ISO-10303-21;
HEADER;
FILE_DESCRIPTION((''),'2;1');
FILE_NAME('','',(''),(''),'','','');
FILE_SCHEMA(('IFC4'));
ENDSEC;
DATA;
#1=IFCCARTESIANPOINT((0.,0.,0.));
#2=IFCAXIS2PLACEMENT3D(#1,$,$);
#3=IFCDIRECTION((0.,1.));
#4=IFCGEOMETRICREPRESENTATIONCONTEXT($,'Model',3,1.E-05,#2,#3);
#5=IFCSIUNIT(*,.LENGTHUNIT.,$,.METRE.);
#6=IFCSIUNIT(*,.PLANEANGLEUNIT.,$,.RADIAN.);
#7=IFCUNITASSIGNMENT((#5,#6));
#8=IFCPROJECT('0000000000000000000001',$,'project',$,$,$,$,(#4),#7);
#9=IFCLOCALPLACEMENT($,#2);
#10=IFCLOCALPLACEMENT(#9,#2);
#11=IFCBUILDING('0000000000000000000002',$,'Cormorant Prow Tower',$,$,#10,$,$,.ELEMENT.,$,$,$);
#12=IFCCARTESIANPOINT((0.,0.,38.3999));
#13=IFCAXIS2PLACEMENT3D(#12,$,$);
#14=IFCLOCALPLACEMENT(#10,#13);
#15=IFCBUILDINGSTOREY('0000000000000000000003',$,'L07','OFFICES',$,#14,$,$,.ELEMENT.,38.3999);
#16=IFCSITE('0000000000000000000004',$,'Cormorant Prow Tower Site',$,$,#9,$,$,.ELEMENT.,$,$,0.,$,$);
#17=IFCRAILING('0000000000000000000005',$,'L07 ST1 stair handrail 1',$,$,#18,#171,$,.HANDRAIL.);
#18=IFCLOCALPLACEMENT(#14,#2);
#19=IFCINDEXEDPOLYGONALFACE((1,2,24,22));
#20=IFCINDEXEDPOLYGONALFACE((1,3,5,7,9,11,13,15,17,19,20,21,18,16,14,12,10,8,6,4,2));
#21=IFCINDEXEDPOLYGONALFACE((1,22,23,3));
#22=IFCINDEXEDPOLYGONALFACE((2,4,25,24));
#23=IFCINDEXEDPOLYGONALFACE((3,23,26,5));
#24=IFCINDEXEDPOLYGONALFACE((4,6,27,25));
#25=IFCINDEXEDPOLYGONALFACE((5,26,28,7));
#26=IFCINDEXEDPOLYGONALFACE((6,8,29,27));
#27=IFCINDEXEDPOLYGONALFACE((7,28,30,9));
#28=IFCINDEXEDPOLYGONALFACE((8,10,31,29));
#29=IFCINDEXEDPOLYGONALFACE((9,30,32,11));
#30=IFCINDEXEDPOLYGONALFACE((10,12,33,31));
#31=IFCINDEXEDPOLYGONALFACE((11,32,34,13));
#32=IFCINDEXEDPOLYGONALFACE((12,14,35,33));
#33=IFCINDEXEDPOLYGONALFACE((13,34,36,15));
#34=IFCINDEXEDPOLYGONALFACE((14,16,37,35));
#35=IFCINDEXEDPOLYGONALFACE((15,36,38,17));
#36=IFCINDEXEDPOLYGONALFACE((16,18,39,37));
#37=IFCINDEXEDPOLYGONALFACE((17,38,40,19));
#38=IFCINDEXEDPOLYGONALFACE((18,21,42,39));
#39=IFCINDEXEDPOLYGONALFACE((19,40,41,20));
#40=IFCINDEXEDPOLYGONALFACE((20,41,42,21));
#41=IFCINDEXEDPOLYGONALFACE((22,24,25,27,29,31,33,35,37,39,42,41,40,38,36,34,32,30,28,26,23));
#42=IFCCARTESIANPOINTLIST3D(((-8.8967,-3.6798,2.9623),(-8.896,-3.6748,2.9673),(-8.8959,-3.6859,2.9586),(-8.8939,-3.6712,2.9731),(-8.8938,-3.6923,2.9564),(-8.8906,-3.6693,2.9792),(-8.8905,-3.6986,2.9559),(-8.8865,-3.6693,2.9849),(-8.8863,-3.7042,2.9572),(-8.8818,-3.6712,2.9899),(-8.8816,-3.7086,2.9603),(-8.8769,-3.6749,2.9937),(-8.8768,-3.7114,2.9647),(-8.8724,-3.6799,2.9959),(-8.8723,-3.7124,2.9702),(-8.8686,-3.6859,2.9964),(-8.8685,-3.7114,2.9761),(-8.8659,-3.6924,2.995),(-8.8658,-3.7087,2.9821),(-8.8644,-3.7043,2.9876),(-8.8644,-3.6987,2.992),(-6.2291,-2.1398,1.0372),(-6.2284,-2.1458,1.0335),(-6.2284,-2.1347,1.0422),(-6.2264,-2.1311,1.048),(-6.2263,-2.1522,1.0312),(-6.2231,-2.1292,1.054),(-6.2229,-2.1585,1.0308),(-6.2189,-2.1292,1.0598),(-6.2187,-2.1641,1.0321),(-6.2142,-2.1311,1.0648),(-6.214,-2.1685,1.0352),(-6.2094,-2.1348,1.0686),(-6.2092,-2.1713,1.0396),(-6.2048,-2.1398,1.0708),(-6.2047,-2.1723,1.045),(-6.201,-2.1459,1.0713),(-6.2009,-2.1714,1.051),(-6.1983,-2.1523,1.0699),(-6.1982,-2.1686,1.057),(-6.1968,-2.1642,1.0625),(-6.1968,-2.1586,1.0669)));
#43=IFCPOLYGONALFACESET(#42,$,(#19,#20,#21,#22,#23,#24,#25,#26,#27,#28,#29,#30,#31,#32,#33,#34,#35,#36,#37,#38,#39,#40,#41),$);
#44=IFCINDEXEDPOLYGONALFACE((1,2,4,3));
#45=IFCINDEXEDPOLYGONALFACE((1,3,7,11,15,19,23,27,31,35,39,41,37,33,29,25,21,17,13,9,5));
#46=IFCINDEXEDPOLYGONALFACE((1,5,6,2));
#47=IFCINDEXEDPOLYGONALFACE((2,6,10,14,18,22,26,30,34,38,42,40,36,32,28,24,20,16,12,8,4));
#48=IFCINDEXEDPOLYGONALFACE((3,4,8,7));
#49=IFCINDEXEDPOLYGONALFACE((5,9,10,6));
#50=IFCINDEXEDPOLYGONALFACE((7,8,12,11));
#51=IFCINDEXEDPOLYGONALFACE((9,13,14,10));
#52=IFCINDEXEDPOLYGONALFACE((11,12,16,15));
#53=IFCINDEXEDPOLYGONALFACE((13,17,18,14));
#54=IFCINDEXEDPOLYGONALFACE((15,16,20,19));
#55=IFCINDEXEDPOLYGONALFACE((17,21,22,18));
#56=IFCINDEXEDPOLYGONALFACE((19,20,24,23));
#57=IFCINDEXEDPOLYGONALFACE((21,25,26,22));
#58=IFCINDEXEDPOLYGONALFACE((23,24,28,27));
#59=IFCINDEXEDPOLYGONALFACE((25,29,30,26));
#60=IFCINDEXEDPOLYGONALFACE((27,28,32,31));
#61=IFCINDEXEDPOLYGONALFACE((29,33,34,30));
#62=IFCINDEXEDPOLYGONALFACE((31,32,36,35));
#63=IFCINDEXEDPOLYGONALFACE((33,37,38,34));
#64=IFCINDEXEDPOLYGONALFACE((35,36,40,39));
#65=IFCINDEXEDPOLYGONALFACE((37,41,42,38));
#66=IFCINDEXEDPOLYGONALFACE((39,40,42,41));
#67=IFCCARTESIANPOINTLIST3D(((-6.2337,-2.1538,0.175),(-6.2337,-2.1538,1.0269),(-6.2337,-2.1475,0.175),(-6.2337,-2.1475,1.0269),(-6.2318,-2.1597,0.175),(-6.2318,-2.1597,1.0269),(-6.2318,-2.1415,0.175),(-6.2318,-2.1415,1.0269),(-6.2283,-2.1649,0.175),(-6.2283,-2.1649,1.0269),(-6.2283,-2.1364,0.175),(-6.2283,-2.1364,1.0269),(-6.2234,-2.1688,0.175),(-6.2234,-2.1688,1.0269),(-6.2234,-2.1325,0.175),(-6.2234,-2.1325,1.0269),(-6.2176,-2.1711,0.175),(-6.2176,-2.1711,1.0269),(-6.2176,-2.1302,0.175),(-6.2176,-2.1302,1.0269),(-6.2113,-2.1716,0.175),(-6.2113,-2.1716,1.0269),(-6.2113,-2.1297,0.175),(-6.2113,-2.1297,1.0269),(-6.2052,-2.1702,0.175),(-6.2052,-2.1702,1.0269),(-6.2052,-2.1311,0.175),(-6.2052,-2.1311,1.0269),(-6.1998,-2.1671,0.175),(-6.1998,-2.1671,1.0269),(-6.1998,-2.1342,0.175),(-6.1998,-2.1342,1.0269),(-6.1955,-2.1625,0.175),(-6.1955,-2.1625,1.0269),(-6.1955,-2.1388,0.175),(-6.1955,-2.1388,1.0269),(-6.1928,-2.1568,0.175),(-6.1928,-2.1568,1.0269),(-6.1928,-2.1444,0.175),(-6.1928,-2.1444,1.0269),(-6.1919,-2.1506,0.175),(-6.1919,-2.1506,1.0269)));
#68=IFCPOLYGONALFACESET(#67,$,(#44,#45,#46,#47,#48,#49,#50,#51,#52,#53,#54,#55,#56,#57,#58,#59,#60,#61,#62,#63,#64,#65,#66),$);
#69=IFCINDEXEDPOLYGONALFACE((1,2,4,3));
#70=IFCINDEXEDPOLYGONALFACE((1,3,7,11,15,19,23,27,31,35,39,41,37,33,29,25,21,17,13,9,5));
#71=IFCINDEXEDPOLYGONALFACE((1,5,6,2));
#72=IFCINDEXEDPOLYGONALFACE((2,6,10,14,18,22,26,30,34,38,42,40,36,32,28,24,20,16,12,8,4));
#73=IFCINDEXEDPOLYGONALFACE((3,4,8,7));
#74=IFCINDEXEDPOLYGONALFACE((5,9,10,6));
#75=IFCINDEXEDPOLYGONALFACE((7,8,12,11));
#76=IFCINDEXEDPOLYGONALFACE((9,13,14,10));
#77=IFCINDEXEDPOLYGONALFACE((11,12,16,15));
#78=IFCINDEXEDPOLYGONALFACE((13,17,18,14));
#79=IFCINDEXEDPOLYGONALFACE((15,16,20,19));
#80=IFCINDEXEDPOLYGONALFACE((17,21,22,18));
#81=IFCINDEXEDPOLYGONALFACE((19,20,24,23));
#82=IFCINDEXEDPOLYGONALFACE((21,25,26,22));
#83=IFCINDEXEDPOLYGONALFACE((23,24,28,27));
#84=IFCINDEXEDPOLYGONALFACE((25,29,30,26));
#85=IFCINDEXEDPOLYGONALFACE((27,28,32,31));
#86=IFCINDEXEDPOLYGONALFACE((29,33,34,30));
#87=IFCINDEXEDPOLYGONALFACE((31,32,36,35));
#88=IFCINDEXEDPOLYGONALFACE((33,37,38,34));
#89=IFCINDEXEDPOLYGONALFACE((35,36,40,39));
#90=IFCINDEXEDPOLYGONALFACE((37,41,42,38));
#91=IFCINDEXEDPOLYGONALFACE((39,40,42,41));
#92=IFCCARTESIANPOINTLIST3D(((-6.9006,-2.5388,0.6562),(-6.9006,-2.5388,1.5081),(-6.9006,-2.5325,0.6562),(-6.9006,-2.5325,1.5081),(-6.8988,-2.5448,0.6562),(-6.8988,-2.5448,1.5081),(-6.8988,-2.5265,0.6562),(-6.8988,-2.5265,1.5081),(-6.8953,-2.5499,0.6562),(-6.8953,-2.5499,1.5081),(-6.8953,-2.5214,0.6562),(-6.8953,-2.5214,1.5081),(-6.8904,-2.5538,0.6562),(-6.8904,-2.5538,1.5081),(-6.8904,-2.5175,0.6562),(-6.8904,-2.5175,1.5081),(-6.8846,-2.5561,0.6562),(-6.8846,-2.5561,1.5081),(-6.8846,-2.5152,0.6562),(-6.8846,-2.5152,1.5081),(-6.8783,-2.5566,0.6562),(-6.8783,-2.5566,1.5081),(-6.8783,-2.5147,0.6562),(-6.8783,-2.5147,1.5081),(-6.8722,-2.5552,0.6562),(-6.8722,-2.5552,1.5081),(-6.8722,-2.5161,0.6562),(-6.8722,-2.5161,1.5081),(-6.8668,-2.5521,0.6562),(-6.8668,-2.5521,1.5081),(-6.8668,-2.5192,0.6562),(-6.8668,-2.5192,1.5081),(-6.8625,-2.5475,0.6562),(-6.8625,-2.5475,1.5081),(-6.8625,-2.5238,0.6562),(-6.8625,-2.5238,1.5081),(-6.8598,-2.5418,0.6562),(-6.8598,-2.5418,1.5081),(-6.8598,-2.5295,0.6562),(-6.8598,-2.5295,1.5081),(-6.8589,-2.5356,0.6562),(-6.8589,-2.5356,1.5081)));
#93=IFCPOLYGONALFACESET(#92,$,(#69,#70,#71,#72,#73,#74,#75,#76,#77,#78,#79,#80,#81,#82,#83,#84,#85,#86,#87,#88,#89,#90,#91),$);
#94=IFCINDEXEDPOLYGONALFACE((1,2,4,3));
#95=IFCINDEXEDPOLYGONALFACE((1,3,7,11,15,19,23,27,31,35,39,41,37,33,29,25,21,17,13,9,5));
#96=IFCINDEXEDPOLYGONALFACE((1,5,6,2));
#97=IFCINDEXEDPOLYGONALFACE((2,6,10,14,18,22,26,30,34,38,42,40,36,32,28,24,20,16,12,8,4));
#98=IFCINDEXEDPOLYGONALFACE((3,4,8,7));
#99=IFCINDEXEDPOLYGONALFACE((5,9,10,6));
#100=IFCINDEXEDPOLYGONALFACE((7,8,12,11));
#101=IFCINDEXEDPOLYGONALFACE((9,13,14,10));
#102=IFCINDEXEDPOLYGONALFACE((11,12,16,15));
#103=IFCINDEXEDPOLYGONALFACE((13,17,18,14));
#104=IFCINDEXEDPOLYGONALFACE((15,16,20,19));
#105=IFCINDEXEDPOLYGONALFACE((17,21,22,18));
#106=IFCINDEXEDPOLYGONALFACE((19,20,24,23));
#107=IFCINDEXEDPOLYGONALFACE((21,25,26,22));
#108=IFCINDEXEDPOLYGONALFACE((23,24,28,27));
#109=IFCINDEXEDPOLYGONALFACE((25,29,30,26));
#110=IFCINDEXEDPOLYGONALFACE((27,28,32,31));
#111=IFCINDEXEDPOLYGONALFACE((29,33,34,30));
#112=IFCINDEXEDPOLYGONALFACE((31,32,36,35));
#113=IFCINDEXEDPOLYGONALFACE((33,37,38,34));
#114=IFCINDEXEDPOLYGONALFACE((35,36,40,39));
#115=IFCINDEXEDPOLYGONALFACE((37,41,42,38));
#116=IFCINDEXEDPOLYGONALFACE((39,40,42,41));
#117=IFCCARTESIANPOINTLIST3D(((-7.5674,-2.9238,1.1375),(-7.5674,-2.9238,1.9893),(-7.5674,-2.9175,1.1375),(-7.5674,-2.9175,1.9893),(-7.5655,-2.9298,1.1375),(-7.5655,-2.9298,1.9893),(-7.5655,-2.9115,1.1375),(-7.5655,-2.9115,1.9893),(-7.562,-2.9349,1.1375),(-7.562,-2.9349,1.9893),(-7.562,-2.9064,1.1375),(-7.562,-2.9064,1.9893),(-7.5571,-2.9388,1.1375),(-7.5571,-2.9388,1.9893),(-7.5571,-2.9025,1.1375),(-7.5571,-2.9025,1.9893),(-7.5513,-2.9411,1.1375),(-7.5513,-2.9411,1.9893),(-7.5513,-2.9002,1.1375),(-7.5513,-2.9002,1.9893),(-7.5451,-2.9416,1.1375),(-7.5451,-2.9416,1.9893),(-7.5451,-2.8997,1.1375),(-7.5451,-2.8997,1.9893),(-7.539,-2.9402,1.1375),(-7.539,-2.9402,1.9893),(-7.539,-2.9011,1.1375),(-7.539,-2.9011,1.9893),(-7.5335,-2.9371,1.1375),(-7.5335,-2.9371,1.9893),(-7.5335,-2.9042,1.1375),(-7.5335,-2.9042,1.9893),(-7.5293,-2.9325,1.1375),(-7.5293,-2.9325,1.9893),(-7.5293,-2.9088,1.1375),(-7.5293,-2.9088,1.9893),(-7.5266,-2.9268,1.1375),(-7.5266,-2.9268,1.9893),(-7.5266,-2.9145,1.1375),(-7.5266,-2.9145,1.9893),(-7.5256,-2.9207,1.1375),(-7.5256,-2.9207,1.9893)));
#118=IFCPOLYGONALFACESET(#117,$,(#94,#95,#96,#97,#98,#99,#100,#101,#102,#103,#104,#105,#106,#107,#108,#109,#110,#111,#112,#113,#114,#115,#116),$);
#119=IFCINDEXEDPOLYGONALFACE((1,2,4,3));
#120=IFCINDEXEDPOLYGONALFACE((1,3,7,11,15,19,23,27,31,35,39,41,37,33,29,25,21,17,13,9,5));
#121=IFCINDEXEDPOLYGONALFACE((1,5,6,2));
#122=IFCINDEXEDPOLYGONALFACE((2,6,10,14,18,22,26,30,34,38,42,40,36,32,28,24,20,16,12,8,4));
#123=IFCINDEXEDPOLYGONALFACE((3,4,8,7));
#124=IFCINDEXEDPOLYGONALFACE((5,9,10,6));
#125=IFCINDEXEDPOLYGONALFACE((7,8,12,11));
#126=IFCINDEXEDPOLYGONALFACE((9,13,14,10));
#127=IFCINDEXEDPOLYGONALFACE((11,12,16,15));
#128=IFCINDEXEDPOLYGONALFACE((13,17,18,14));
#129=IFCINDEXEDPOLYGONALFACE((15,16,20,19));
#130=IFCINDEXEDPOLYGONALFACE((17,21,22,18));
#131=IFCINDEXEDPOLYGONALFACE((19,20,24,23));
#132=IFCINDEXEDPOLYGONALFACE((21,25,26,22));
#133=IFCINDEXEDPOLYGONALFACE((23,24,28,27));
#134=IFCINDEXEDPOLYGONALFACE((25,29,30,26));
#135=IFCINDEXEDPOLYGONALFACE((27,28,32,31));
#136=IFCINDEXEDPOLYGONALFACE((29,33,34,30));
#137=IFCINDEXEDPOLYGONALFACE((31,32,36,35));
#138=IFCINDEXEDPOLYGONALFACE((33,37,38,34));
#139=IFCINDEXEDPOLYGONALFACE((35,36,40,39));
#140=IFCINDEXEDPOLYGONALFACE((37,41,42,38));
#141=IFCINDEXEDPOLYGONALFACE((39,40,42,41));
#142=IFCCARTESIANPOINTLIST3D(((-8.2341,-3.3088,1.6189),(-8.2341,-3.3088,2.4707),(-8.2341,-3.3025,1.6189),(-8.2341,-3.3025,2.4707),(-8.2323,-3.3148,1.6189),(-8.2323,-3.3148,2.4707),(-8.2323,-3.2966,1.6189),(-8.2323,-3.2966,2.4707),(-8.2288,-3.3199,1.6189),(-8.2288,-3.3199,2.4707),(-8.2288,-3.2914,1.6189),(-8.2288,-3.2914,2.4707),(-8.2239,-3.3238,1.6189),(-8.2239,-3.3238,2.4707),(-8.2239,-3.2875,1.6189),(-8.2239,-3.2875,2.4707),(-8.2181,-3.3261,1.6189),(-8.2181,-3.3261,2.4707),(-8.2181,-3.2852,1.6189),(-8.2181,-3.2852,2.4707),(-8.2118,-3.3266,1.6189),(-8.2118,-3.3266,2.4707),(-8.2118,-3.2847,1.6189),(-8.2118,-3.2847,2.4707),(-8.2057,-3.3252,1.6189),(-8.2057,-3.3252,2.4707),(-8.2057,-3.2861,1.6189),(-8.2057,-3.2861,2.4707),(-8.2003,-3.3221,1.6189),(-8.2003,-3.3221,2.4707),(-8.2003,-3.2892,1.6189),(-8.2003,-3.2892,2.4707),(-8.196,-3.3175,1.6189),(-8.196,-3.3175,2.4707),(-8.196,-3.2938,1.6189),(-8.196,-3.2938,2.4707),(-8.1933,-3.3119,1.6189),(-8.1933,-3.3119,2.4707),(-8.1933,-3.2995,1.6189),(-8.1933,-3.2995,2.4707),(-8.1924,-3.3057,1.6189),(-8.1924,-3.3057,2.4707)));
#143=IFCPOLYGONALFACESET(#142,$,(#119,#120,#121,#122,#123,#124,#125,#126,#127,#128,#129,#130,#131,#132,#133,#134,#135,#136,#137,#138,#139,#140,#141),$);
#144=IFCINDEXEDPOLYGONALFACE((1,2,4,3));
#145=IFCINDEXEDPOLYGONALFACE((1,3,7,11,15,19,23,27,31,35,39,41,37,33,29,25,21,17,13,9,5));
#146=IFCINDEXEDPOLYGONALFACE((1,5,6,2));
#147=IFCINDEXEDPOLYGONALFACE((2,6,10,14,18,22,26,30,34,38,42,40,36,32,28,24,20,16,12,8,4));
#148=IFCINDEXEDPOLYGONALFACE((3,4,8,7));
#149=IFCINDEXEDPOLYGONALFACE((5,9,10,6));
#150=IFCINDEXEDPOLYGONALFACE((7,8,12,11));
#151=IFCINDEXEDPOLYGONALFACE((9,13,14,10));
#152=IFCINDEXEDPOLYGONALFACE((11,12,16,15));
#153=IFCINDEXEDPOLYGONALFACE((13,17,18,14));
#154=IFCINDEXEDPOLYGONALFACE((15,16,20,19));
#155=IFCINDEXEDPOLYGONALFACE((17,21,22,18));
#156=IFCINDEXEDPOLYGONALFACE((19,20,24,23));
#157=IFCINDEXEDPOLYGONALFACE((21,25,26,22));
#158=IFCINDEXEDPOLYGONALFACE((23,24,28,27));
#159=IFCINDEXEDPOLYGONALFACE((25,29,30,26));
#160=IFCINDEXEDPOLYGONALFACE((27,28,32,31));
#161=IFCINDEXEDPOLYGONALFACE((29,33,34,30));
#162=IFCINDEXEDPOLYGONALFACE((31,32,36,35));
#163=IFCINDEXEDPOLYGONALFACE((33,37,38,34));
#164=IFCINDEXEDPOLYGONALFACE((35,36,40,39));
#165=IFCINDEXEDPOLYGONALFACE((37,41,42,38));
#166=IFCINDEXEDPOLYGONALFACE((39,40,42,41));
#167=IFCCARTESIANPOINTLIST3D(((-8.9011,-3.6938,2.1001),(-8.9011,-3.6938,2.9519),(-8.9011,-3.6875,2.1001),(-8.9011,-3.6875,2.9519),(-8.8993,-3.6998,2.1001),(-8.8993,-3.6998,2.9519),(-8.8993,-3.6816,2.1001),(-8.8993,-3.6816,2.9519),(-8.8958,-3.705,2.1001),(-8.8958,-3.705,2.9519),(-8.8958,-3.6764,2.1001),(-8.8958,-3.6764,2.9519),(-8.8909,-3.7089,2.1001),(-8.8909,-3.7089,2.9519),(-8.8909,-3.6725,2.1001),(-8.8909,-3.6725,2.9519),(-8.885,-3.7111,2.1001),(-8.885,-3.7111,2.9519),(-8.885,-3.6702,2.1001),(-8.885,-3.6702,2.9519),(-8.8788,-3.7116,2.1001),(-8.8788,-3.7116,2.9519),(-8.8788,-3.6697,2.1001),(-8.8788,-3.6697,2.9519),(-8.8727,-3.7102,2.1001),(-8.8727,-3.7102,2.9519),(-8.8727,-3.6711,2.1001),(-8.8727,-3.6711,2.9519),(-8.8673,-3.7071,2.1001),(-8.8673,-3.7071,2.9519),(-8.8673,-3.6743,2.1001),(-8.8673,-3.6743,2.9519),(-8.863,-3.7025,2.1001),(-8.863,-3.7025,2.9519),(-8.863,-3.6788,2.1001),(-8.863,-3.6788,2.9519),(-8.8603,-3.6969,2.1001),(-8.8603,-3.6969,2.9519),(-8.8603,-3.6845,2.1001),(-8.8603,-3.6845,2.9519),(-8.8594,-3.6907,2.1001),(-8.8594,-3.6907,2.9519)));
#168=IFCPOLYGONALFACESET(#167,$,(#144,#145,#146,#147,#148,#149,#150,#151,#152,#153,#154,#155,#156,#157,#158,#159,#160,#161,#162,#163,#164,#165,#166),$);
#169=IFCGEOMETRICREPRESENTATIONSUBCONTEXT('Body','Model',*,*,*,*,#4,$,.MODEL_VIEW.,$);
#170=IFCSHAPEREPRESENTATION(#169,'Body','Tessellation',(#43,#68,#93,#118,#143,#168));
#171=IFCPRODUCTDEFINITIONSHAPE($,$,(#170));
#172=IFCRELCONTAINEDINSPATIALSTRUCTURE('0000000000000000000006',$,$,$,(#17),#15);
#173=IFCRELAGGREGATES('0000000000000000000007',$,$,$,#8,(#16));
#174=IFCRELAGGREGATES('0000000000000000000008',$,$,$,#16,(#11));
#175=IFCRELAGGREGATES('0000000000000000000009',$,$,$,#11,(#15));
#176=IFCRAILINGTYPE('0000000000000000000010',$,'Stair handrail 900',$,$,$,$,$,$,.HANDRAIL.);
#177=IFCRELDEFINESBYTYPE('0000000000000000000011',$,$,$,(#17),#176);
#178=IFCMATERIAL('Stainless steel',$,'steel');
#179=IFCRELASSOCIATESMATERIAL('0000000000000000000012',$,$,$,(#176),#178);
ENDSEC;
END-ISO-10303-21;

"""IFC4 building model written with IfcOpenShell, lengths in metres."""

from ifc_helpers import new_model, si_unit, direction, frame, origin, origin_2d, place, context, subcontext, project, spatial, circle, extrude, material, type_object, element, save


model = new_model("IFC4")

# Units and contexts
model_context = context("Model", 3, precision=1e-05, world=origin(), true_north=direction((0.0, 1.0)))
body_context = subcontext(model_context, "Body", "Model", "MODEL_VIEW")
ifc_project = project(units=[si_unit("LENGTHUNIT", "METRE"), si_unit("PLANEANGLEUNIT", "RADIAN")], contexts=[model_context])

# Site, building, storey
site_placement = place(None, origin())
site = spatial("IfcSite", under=ifc_project, at=site_placement, Name="Cormorant Prow Tower Site", CompositionType="ELEMENT", RefElevation=0.0)
building_placement = place(site_placement, origin())
building = spatial("IfcBuilding", under=site, at=building_placement, Name="Cormorant Prow Tower", CompositionType="ELEMENT")
storey_placement = place(building_placement, frame((0.0, 0.0, 38.3999)))
storey = spatial("IfcBuildingStorey", under=building, at=storey_placement, Name="L07", Description="OFFICES", CompositionType="ELEMENT", Elevation=38.3999)

# Railing
ifc_material_1 = material(Name="Stainless steel", Category="steel")
railing_type_1 = type_object("IfcRailingType", Name="Stair handrail 900", PredefinedType="HANDRAIL", material=ifc_material_1)
railing_1_placement = place(storey_placement, frame((-6.2129, -2.1506, 0.175)))
element("IfcRailing", 1, at=railing_1_placement, inside=storey, type_object=railing_type_1, Name="L07 ST1 stair handrail 1", PredefinedType="HANDRAIL", context=body_context, shape_type="SweptSolid", body=[
    extrude(circle(Radius=0.0239, at=origin_2d()), frame((0.0, 0.0, 0.876), z_axis=(-0.734395, -0.423994, 0.529993), x_axis=(0.499992, -0.86603, 0.0)), (0.0, 0.0, 1.0), 3.6323),
    extrude(circle(Radius=0.021, at=origin_2d()), origin(), (0.0, 0.0, 1.0), 0.8518),
    extrude(circle(Radius=0.021, at=origin_2d()), frame((-0.667, -0.385, 0.4812)), (0.0, 0.0, 1.0), 0.8518),
    extrude(circle(Radius=0.021, at=origin_2d()), frame((-1.3337, -0.77, 0.9624)), (0.0, 0.0, 1.0), 0.8518),
    extrude(circle(Radius=0.021, at=origin_2d()), frame((-2.0005, -1.155, 1.4438)), (0.0, 0.0, 1.0), 0.8518),
    extrude(circle(Radius=0.021, at=origin_2d()), frame((-2.6675, -1.54, 1.925)), (0.0, 0.0, 1.0), 0.8518),
])

save(model, "model.ifc")
